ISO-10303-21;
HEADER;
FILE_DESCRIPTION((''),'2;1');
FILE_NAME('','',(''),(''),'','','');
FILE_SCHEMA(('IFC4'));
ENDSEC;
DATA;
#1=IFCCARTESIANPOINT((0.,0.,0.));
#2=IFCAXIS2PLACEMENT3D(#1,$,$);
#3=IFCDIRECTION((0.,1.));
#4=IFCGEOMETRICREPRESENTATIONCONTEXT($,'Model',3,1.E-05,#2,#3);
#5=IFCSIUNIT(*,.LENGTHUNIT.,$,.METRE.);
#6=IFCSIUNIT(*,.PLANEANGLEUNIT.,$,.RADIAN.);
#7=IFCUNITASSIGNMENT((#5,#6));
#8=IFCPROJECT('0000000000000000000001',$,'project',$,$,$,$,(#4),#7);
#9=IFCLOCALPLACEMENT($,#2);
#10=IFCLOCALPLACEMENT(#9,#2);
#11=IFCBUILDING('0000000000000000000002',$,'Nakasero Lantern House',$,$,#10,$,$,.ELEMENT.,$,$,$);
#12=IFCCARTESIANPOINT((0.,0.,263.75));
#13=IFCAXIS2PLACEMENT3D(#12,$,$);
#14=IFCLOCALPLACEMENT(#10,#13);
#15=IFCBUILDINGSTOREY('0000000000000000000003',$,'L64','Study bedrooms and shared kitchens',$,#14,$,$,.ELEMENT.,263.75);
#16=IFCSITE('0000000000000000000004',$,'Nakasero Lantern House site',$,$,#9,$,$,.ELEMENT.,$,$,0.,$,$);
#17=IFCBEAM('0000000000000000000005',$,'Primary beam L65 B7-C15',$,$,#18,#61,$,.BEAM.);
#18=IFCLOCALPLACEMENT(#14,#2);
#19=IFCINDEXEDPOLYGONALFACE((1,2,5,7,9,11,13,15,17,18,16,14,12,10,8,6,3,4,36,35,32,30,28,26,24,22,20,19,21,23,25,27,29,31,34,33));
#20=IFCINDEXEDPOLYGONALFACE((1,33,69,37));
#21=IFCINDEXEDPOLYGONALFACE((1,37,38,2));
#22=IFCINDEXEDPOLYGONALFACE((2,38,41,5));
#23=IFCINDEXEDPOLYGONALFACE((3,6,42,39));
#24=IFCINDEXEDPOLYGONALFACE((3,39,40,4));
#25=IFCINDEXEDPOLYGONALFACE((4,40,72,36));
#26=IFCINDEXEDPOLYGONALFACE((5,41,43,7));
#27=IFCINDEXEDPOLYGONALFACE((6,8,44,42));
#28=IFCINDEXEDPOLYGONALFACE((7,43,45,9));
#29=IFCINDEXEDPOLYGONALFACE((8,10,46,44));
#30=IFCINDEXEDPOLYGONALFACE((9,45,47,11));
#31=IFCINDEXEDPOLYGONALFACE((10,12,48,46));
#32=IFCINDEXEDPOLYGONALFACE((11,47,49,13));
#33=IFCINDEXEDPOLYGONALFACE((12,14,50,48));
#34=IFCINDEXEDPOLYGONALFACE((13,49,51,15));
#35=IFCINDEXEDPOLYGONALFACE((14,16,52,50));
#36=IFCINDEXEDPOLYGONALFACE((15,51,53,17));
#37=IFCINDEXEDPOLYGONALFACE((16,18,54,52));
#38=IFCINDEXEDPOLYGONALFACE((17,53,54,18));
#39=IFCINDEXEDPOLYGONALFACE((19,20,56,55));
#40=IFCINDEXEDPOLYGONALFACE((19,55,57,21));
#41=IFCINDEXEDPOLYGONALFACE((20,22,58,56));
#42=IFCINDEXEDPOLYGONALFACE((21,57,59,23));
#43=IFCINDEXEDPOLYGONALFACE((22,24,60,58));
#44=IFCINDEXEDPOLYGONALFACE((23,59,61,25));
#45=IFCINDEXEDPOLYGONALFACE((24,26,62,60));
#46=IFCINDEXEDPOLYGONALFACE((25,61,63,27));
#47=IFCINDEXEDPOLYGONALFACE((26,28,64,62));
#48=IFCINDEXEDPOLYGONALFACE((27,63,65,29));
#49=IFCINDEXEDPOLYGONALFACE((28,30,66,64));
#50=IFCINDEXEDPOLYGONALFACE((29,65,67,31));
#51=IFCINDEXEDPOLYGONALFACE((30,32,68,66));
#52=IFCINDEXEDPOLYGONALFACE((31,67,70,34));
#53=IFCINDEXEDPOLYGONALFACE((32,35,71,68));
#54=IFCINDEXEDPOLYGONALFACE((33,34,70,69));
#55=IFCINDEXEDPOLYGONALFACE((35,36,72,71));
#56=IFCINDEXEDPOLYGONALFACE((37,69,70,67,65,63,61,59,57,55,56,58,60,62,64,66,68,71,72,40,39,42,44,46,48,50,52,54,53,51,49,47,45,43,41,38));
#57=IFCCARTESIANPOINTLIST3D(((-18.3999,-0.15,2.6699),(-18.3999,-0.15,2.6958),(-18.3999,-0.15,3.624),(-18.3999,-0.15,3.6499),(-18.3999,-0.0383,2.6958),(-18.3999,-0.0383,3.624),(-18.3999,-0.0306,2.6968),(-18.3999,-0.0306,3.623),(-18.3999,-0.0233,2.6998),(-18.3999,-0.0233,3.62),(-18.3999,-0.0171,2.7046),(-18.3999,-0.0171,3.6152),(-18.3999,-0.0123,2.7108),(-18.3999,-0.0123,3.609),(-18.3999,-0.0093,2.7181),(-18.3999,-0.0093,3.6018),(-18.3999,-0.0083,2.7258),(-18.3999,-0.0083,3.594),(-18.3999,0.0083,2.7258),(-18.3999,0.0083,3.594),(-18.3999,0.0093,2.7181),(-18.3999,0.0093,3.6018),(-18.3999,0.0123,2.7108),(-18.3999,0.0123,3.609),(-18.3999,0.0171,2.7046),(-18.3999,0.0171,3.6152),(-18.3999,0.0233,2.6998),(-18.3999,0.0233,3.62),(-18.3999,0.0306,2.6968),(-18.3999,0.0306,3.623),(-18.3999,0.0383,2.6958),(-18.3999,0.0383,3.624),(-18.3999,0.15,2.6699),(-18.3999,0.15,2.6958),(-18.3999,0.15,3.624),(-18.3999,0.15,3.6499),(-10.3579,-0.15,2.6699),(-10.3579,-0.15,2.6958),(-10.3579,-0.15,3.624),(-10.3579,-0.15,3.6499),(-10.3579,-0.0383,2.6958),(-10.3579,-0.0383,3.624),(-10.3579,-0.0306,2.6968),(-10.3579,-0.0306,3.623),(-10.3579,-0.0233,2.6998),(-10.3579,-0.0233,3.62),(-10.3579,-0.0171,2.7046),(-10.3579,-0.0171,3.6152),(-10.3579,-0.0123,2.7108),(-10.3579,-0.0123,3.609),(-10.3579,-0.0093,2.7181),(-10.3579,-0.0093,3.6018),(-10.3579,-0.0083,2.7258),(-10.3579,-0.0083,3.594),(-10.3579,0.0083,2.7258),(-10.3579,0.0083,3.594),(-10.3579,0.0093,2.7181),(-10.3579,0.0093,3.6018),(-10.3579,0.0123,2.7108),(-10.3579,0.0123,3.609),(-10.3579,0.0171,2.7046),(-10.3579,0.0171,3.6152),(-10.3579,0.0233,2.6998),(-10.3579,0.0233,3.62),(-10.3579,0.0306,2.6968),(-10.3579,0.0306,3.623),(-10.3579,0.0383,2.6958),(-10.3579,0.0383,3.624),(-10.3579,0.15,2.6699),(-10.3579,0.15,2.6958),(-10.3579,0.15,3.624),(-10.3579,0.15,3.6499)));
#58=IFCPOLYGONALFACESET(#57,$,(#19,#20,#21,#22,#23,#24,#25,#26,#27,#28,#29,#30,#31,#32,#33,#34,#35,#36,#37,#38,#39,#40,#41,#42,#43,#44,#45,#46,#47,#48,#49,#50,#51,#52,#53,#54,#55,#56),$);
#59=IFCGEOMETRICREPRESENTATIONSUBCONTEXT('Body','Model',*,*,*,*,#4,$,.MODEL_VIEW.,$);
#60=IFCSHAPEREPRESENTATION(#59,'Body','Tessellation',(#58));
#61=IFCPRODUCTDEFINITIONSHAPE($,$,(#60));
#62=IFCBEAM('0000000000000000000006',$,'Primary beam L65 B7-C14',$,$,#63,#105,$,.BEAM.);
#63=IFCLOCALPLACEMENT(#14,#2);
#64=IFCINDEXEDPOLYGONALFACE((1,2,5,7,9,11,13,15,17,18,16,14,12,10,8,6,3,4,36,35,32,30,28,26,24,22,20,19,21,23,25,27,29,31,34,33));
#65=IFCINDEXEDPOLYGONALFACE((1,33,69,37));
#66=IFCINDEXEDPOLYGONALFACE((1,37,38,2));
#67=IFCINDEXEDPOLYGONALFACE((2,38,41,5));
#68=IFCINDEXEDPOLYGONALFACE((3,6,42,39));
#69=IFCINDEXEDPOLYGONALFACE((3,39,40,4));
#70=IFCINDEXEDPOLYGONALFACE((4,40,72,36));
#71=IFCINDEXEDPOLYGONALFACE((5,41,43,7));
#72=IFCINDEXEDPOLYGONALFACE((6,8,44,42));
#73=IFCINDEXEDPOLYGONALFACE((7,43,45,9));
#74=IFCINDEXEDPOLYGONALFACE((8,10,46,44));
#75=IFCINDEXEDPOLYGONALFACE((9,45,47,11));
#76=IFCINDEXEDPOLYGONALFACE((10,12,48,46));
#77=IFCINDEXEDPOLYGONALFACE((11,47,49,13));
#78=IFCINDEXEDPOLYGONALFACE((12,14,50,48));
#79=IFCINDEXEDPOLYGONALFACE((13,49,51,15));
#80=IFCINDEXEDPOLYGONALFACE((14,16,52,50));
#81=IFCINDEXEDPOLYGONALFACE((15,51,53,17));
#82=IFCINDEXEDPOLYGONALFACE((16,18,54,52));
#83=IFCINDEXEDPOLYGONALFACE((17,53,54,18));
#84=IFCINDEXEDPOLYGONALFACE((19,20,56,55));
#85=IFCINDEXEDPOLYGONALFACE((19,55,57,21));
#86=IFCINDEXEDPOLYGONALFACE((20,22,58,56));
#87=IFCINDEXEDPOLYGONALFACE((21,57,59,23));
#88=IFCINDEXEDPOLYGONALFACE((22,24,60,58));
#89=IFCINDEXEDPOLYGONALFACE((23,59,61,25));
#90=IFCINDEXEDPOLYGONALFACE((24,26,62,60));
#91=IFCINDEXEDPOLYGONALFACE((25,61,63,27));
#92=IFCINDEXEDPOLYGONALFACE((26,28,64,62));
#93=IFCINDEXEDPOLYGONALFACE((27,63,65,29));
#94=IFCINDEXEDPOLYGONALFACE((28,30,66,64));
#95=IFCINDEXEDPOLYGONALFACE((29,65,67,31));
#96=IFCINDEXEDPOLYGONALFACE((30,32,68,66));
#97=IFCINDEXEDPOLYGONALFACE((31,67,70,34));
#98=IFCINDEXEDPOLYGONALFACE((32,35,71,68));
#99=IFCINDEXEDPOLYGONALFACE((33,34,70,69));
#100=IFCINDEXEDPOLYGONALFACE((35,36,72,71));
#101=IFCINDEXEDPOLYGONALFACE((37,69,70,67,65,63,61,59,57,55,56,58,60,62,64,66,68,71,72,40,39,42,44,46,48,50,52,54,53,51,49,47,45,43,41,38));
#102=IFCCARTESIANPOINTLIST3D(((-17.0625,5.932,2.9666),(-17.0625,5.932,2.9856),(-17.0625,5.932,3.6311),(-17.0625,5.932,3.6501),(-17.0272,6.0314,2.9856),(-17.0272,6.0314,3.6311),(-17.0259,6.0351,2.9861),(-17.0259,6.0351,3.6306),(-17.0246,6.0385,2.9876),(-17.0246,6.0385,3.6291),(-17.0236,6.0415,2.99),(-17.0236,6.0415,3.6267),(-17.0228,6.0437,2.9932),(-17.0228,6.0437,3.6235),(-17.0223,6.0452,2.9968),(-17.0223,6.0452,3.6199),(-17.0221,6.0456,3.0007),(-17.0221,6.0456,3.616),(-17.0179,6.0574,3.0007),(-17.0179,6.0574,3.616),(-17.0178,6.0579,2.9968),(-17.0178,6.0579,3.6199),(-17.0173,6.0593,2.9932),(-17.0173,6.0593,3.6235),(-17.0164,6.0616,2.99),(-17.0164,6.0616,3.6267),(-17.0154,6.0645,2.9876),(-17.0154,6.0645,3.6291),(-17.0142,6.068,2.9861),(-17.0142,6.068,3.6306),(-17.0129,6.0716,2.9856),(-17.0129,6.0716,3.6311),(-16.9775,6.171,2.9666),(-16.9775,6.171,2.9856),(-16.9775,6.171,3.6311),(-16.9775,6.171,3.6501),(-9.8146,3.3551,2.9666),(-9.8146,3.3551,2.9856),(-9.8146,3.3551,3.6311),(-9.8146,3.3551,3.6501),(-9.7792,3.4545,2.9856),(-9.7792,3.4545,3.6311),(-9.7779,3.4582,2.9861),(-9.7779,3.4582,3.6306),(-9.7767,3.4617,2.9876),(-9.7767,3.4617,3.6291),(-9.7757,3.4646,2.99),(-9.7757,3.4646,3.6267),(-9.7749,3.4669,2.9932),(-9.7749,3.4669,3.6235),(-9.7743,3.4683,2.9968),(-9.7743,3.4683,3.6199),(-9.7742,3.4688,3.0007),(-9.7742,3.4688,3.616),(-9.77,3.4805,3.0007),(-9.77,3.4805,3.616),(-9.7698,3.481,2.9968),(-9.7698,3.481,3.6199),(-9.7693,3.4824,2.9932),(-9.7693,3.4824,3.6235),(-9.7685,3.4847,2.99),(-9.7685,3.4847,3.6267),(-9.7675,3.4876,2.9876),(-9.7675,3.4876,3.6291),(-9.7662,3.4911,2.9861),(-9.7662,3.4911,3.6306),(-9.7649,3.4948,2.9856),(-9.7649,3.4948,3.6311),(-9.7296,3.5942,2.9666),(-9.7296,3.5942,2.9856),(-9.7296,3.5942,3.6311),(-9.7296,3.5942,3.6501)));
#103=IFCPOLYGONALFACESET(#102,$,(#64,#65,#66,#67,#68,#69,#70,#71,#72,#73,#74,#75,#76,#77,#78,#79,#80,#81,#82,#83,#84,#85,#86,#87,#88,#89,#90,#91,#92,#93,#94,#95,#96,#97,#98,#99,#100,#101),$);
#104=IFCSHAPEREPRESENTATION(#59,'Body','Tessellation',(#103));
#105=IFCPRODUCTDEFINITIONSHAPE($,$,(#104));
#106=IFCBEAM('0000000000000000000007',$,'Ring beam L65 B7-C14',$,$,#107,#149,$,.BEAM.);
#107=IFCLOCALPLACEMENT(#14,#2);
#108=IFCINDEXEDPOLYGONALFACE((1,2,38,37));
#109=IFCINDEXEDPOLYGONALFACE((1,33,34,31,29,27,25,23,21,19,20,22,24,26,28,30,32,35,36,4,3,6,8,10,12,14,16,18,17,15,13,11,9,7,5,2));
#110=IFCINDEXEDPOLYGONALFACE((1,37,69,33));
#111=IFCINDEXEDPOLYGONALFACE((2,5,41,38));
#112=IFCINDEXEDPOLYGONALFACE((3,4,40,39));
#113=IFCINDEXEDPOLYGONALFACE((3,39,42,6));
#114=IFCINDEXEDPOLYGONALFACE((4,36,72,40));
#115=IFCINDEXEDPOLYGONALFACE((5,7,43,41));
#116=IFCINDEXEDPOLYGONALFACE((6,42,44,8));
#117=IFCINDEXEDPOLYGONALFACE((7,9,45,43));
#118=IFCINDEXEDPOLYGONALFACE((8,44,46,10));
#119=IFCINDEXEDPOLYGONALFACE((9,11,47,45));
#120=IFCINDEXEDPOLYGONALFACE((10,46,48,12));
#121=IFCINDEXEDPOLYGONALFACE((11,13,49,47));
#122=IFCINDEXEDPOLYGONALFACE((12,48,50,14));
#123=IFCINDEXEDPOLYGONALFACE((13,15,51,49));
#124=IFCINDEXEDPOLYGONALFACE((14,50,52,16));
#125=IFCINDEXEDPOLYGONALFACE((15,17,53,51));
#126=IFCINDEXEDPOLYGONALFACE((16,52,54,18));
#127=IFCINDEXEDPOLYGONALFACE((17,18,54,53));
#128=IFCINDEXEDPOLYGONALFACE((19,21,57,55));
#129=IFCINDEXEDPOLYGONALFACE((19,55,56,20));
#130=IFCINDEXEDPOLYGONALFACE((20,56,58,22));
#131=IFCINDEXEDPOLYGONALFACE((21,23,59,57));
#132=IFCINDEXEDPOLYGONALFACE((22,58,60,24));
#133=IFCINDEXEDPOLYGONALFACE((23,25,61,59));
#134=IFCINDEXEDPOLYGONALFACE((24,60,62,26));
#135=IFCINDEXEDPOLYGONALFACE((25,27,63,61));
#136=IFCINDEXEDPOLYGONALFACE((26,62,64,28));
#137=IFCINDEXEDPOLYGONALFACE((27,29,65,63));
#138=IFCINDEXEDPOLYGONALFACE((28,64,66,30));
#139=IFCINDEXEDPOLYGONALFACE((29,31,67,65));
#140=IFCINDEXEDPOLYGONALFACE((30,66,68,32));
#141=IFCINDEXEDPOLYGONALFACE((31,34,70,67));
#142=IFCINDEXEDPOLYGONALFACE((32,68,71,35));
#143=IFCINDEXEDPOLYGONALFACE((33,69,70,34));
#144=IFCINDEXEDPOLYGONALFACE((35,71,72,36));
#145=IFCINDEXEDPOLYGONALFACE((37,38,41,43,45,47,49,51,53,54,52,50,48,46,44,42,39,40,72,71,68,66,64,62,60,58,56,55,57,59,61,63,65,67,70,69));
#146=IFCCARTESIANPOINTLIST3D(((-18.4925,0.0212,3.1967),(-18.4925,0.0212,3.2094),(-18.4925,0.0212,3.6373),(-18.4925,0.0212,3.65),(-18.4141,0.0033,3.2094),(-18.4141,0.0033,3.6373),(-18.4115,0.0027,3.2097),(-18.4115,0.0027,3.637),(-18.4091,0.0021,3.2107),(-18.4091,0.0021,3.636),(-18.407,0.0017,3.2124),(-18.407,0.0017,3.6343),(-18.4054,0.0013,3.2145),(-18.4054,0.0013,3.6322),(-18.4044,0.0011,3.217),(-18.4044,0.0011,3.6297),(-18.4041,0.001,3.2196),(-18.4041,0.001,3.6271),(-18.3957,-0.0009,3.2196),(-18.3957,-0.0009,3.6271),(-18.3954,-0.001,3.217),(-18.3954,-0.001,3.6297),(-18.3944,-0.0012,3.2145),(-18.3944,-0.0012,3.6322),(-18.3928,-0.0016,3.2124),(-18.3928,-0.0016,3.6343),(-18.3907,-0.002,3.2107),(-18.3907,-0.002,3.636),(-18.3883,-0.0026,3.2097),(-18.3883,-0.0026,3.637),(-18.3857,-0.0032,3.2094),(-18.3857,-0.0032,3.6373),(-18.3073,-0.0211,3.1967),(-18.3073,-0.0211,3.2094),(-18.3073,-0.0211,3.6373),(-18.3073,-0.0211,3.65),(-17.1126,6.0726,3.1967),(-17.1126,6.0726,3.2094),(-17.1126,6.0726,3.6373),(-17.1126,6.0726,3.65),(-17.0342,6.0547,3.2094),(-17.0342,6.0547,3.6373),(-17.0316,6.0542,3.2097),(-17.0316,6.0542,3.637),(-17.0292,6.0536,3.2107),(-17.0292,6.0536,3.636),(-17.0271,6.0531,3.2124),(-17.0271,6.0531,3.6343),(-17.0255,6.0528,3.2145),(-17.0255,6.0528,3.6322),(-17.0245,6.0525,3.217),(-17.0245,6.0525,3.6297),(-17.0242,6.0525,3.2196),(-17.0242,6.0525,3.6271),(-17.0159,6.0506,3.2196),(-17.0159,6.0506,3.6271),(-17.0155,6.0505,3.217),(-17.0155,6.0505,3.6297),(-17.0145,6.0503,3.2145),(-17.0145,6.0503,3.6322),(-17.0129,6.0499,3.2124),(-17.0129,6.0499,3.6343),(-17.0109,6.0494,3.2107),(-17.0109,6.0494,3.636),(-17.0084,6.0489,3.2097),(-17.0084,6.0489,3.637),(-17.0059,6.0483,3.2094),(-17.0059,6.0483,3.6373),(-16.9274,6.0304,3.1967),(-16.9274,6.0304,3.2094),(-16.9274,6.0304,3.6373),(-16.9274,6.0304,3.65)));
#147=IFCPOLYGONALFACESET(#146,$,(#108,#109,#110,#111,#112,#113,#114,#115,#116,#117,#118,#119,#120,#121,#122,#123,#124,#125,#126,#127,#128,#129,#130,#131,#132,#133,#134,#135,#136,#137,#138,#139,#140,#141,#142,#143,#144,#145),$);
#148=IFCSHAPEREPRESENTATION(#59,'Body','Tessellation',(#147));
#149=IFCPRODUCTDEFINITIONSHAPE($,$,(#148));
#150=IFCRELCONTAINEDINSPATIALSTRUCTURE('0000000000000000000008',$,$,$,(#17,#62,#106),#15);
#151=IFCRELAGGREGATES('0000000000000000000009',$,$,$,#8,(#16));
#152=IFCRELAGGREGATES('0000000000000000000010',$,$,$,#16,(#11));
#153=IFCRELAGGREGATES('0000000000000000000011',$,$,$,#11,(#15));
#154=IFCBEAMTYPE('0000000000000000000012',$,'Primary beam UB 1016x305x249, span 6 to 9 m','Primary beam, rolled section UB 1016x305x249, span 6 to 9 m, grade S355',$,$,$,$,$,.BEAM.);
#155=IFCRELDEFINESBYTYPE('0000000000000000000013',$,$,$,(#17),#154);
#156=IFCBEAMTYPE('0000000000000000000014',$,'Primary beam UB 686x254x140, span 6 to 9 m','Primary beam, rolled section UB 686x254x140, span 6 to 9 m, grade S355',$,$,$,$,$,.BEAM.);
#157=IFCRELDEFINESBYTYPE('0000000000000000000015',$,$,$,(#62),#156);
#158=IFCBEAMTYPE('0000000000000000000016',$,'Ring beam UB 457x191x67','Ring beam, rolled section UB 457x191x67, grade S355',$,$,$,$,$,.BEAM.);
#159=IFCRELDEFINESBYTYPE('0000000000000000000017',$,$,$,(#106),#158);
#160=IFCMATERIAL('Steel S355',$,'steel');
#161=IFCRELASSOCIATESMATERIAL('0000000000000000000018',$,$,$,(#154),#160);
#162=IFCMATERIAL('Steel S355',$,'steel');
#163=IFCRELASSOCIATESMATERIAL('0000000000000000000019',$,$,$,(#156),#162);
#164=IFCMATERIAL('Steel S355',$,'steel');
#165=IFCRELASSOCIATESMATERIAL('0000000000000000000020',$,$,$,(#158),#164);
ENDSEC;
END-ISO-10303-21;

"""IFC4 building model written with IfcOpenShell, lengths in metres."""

from ifc_helpers import new_model, si_unit, direction, frame, origin, origin_2d, place, context, subcontext, project, spatial, i_section, extrude, material, material_profile, profile_set, type_object, element, save


model = new_model("IFC4")

# Units and contexts
model_context = context("Model", 3, precision=1e-05, world=origin(), true_north=direction((0.0, 1.0)))
body_context = subcontext(model_context, "Body", "Model", "MODEL_VIEW")
ifc_project = project(units=[si_unit("LENGTHUNIT", "METRE"), si_unit("PLANEANGLEUNIT", "RADIAN")], contexts=[model_context])

# Site, building, storey
site_placement = place(None, origin())
site = spatial("IfcSite", under=ifc_project, at=site_placement, Name="Nakasero Lantern House site", CompositionType="ELEMENT", RefElevation=0.0)
building_placement = place(site_placement, origin())
building = spatial("IfcBuilding", under=site, at=building_placement, Name="Nakasero Lantern House", CompositionType="ELEMENT")
storey_placement = place(building_placement, frame((0.0, 0.0, 263.75)))
storey = spatial("IfcBuildingStorey", under=building, at=storey_placement, Name="L64", Description="Study bedrooms and shared kitchens", CompositionType="ELEMENT", Elevation=263.75)

# Beams
ifc_material_1 = material(Name="Steel S355", Category="steel")
ifc_material_profile_1 = material_profile(ifc_material_1, i_section(OverallWidth=0.3, OverallDepth=0.98, WebThickness=0.0166, FlangeThickness=0.0259, FilletRadius=0.03, at=origin_2d()), Name="UB 1016x305x249")
ifc_profile_set_1 = profile_set([ifc_material_profile_1], Name="Steel S355")
beam_type_1 = type_object("IfcBeamType", Name="Primary beam UB 1016x305x249, span 6 to 9 m", Description="Primary beam, rolled section UB 1016x305x249, span 6 to 9 m, grade S355", PredefinedType="BEAM", material=ifc_profile_set_1)
beam_1_placement = place(storey_placement, frame((-18.3999, 0.0, 3.1599), z_axis=(1.0, 0.0, 0.0), x_axis=(0.0, 1.0, 0.0)))
element("IfcBeam", 1, at=beam_1_placement, inside=storey, type_object=beam_type_1, Name="Primary beam L65 B7-C15", PredefinedType="BEAM", context=body_context, shape_type="SweptSolid", body=[
    extrude(i_section(OverallWidth=0.3, OverallDepth=0.98, WebThickness=0.0166, FlangeThickness=0.0259, FilletRadius=0.03, at=origin_2d()), origin(), (0.0, 0.0, 1.0), 8.042),
])
ifc_material_2 = material(Name="Steel S355", Category="steel")
ifc_material_profile_2 = material_profile(ifc_material_2, i_section(OverallWidth=0.2537, OverallDepth=0.6836, WebThickness=0.0125, FlangeThickness=0.019, FilletRadius=0.0151, at=origin_2d()), Name="UB 686x254x140")
ifc_profile_set_2 = profile_set([ifc_material_profile_2], Name="Steel S355")
beam_type_2 = type_object("IfcBeamType", Name="Primary beam UB 686x254x140, span 6 to 9 m", Description="Primary beam, rolled section UB 686x254x140, span 6 to 9 m, grade S355", PredefinedType="BEAM", material=ifc_profile_set_2)
beam_2_placement = place(storey_placement, frame((-17.02, 6.0515, 3.3083), z_axis=(0.942222, -0.334989, 0.0), x_axis=(0.334989, 0.942222, 0.0)))
element("IfcBeam", 2, at=beam_2_placement, inside=storey, type_object=beam_type_2, Name="Primary beam L65 B7-C14", PredefinedType="BEAM", context=body_context, shape_type="SweptSolid", body=[
    extrude(i_section(OverallWidth=0.2537, OverallDepth=0.6836, WebThickness=0.0125, FlangeThickness=0.019, FilletRadius=0.0151, at=origin_2d()), origin(), (0.0, 0.0, 1.0), 7.6924),
])
ifc_material_3 = material(Name="Steel S355", Category="steel")
ifc_material_profile_3 = material_profile(ifc_material_3, i_section(OverallWidth=0.1899, OverallDepth=0.4534, WebThickness=0.0085, FlangeThickness=0.0127, FilletRadius=0.0103, at=origin_2d()), Name="UB 457x191x67")
ifc_profile_set_3 = profile_set([ifc_material_profile_3], Name="Steel S355")
beam_type_3 = type_object("IfcBeamType", Name="Ring beam UB 457x191x67", Description="Ring beam, rolled section UB 457x191x67, grade S355", PredefinedType="BEAM", material=ifc_profile_set_3)
beam_3_placement = place(storey_placement, frame((-17.02, 6.0515, 3.4233), z_axis=(-0.222316, -0.974975, 0.0), x_axis=(0.974975, -0.222316, 0.0)))
element("IfcBeam", 3, at=beam_3_placement, inside=storey, type_object=beam_type_3, Name="Ring beam L65 B7-C14", PredefinedType="BEAM", context=body_context, shape_type="SweptSolid", body=[
    extrude(i_section(OverallWidth=0.1899, OverallDepth=0.4534, WebThickness=0.0085, FlangeThickness=0.0127, FilletRadius=0.0103, at=origin_2d()), origin(), (0.0, 0.0, 1.0), 6.2068),
])

save(model, "model.ifc")
